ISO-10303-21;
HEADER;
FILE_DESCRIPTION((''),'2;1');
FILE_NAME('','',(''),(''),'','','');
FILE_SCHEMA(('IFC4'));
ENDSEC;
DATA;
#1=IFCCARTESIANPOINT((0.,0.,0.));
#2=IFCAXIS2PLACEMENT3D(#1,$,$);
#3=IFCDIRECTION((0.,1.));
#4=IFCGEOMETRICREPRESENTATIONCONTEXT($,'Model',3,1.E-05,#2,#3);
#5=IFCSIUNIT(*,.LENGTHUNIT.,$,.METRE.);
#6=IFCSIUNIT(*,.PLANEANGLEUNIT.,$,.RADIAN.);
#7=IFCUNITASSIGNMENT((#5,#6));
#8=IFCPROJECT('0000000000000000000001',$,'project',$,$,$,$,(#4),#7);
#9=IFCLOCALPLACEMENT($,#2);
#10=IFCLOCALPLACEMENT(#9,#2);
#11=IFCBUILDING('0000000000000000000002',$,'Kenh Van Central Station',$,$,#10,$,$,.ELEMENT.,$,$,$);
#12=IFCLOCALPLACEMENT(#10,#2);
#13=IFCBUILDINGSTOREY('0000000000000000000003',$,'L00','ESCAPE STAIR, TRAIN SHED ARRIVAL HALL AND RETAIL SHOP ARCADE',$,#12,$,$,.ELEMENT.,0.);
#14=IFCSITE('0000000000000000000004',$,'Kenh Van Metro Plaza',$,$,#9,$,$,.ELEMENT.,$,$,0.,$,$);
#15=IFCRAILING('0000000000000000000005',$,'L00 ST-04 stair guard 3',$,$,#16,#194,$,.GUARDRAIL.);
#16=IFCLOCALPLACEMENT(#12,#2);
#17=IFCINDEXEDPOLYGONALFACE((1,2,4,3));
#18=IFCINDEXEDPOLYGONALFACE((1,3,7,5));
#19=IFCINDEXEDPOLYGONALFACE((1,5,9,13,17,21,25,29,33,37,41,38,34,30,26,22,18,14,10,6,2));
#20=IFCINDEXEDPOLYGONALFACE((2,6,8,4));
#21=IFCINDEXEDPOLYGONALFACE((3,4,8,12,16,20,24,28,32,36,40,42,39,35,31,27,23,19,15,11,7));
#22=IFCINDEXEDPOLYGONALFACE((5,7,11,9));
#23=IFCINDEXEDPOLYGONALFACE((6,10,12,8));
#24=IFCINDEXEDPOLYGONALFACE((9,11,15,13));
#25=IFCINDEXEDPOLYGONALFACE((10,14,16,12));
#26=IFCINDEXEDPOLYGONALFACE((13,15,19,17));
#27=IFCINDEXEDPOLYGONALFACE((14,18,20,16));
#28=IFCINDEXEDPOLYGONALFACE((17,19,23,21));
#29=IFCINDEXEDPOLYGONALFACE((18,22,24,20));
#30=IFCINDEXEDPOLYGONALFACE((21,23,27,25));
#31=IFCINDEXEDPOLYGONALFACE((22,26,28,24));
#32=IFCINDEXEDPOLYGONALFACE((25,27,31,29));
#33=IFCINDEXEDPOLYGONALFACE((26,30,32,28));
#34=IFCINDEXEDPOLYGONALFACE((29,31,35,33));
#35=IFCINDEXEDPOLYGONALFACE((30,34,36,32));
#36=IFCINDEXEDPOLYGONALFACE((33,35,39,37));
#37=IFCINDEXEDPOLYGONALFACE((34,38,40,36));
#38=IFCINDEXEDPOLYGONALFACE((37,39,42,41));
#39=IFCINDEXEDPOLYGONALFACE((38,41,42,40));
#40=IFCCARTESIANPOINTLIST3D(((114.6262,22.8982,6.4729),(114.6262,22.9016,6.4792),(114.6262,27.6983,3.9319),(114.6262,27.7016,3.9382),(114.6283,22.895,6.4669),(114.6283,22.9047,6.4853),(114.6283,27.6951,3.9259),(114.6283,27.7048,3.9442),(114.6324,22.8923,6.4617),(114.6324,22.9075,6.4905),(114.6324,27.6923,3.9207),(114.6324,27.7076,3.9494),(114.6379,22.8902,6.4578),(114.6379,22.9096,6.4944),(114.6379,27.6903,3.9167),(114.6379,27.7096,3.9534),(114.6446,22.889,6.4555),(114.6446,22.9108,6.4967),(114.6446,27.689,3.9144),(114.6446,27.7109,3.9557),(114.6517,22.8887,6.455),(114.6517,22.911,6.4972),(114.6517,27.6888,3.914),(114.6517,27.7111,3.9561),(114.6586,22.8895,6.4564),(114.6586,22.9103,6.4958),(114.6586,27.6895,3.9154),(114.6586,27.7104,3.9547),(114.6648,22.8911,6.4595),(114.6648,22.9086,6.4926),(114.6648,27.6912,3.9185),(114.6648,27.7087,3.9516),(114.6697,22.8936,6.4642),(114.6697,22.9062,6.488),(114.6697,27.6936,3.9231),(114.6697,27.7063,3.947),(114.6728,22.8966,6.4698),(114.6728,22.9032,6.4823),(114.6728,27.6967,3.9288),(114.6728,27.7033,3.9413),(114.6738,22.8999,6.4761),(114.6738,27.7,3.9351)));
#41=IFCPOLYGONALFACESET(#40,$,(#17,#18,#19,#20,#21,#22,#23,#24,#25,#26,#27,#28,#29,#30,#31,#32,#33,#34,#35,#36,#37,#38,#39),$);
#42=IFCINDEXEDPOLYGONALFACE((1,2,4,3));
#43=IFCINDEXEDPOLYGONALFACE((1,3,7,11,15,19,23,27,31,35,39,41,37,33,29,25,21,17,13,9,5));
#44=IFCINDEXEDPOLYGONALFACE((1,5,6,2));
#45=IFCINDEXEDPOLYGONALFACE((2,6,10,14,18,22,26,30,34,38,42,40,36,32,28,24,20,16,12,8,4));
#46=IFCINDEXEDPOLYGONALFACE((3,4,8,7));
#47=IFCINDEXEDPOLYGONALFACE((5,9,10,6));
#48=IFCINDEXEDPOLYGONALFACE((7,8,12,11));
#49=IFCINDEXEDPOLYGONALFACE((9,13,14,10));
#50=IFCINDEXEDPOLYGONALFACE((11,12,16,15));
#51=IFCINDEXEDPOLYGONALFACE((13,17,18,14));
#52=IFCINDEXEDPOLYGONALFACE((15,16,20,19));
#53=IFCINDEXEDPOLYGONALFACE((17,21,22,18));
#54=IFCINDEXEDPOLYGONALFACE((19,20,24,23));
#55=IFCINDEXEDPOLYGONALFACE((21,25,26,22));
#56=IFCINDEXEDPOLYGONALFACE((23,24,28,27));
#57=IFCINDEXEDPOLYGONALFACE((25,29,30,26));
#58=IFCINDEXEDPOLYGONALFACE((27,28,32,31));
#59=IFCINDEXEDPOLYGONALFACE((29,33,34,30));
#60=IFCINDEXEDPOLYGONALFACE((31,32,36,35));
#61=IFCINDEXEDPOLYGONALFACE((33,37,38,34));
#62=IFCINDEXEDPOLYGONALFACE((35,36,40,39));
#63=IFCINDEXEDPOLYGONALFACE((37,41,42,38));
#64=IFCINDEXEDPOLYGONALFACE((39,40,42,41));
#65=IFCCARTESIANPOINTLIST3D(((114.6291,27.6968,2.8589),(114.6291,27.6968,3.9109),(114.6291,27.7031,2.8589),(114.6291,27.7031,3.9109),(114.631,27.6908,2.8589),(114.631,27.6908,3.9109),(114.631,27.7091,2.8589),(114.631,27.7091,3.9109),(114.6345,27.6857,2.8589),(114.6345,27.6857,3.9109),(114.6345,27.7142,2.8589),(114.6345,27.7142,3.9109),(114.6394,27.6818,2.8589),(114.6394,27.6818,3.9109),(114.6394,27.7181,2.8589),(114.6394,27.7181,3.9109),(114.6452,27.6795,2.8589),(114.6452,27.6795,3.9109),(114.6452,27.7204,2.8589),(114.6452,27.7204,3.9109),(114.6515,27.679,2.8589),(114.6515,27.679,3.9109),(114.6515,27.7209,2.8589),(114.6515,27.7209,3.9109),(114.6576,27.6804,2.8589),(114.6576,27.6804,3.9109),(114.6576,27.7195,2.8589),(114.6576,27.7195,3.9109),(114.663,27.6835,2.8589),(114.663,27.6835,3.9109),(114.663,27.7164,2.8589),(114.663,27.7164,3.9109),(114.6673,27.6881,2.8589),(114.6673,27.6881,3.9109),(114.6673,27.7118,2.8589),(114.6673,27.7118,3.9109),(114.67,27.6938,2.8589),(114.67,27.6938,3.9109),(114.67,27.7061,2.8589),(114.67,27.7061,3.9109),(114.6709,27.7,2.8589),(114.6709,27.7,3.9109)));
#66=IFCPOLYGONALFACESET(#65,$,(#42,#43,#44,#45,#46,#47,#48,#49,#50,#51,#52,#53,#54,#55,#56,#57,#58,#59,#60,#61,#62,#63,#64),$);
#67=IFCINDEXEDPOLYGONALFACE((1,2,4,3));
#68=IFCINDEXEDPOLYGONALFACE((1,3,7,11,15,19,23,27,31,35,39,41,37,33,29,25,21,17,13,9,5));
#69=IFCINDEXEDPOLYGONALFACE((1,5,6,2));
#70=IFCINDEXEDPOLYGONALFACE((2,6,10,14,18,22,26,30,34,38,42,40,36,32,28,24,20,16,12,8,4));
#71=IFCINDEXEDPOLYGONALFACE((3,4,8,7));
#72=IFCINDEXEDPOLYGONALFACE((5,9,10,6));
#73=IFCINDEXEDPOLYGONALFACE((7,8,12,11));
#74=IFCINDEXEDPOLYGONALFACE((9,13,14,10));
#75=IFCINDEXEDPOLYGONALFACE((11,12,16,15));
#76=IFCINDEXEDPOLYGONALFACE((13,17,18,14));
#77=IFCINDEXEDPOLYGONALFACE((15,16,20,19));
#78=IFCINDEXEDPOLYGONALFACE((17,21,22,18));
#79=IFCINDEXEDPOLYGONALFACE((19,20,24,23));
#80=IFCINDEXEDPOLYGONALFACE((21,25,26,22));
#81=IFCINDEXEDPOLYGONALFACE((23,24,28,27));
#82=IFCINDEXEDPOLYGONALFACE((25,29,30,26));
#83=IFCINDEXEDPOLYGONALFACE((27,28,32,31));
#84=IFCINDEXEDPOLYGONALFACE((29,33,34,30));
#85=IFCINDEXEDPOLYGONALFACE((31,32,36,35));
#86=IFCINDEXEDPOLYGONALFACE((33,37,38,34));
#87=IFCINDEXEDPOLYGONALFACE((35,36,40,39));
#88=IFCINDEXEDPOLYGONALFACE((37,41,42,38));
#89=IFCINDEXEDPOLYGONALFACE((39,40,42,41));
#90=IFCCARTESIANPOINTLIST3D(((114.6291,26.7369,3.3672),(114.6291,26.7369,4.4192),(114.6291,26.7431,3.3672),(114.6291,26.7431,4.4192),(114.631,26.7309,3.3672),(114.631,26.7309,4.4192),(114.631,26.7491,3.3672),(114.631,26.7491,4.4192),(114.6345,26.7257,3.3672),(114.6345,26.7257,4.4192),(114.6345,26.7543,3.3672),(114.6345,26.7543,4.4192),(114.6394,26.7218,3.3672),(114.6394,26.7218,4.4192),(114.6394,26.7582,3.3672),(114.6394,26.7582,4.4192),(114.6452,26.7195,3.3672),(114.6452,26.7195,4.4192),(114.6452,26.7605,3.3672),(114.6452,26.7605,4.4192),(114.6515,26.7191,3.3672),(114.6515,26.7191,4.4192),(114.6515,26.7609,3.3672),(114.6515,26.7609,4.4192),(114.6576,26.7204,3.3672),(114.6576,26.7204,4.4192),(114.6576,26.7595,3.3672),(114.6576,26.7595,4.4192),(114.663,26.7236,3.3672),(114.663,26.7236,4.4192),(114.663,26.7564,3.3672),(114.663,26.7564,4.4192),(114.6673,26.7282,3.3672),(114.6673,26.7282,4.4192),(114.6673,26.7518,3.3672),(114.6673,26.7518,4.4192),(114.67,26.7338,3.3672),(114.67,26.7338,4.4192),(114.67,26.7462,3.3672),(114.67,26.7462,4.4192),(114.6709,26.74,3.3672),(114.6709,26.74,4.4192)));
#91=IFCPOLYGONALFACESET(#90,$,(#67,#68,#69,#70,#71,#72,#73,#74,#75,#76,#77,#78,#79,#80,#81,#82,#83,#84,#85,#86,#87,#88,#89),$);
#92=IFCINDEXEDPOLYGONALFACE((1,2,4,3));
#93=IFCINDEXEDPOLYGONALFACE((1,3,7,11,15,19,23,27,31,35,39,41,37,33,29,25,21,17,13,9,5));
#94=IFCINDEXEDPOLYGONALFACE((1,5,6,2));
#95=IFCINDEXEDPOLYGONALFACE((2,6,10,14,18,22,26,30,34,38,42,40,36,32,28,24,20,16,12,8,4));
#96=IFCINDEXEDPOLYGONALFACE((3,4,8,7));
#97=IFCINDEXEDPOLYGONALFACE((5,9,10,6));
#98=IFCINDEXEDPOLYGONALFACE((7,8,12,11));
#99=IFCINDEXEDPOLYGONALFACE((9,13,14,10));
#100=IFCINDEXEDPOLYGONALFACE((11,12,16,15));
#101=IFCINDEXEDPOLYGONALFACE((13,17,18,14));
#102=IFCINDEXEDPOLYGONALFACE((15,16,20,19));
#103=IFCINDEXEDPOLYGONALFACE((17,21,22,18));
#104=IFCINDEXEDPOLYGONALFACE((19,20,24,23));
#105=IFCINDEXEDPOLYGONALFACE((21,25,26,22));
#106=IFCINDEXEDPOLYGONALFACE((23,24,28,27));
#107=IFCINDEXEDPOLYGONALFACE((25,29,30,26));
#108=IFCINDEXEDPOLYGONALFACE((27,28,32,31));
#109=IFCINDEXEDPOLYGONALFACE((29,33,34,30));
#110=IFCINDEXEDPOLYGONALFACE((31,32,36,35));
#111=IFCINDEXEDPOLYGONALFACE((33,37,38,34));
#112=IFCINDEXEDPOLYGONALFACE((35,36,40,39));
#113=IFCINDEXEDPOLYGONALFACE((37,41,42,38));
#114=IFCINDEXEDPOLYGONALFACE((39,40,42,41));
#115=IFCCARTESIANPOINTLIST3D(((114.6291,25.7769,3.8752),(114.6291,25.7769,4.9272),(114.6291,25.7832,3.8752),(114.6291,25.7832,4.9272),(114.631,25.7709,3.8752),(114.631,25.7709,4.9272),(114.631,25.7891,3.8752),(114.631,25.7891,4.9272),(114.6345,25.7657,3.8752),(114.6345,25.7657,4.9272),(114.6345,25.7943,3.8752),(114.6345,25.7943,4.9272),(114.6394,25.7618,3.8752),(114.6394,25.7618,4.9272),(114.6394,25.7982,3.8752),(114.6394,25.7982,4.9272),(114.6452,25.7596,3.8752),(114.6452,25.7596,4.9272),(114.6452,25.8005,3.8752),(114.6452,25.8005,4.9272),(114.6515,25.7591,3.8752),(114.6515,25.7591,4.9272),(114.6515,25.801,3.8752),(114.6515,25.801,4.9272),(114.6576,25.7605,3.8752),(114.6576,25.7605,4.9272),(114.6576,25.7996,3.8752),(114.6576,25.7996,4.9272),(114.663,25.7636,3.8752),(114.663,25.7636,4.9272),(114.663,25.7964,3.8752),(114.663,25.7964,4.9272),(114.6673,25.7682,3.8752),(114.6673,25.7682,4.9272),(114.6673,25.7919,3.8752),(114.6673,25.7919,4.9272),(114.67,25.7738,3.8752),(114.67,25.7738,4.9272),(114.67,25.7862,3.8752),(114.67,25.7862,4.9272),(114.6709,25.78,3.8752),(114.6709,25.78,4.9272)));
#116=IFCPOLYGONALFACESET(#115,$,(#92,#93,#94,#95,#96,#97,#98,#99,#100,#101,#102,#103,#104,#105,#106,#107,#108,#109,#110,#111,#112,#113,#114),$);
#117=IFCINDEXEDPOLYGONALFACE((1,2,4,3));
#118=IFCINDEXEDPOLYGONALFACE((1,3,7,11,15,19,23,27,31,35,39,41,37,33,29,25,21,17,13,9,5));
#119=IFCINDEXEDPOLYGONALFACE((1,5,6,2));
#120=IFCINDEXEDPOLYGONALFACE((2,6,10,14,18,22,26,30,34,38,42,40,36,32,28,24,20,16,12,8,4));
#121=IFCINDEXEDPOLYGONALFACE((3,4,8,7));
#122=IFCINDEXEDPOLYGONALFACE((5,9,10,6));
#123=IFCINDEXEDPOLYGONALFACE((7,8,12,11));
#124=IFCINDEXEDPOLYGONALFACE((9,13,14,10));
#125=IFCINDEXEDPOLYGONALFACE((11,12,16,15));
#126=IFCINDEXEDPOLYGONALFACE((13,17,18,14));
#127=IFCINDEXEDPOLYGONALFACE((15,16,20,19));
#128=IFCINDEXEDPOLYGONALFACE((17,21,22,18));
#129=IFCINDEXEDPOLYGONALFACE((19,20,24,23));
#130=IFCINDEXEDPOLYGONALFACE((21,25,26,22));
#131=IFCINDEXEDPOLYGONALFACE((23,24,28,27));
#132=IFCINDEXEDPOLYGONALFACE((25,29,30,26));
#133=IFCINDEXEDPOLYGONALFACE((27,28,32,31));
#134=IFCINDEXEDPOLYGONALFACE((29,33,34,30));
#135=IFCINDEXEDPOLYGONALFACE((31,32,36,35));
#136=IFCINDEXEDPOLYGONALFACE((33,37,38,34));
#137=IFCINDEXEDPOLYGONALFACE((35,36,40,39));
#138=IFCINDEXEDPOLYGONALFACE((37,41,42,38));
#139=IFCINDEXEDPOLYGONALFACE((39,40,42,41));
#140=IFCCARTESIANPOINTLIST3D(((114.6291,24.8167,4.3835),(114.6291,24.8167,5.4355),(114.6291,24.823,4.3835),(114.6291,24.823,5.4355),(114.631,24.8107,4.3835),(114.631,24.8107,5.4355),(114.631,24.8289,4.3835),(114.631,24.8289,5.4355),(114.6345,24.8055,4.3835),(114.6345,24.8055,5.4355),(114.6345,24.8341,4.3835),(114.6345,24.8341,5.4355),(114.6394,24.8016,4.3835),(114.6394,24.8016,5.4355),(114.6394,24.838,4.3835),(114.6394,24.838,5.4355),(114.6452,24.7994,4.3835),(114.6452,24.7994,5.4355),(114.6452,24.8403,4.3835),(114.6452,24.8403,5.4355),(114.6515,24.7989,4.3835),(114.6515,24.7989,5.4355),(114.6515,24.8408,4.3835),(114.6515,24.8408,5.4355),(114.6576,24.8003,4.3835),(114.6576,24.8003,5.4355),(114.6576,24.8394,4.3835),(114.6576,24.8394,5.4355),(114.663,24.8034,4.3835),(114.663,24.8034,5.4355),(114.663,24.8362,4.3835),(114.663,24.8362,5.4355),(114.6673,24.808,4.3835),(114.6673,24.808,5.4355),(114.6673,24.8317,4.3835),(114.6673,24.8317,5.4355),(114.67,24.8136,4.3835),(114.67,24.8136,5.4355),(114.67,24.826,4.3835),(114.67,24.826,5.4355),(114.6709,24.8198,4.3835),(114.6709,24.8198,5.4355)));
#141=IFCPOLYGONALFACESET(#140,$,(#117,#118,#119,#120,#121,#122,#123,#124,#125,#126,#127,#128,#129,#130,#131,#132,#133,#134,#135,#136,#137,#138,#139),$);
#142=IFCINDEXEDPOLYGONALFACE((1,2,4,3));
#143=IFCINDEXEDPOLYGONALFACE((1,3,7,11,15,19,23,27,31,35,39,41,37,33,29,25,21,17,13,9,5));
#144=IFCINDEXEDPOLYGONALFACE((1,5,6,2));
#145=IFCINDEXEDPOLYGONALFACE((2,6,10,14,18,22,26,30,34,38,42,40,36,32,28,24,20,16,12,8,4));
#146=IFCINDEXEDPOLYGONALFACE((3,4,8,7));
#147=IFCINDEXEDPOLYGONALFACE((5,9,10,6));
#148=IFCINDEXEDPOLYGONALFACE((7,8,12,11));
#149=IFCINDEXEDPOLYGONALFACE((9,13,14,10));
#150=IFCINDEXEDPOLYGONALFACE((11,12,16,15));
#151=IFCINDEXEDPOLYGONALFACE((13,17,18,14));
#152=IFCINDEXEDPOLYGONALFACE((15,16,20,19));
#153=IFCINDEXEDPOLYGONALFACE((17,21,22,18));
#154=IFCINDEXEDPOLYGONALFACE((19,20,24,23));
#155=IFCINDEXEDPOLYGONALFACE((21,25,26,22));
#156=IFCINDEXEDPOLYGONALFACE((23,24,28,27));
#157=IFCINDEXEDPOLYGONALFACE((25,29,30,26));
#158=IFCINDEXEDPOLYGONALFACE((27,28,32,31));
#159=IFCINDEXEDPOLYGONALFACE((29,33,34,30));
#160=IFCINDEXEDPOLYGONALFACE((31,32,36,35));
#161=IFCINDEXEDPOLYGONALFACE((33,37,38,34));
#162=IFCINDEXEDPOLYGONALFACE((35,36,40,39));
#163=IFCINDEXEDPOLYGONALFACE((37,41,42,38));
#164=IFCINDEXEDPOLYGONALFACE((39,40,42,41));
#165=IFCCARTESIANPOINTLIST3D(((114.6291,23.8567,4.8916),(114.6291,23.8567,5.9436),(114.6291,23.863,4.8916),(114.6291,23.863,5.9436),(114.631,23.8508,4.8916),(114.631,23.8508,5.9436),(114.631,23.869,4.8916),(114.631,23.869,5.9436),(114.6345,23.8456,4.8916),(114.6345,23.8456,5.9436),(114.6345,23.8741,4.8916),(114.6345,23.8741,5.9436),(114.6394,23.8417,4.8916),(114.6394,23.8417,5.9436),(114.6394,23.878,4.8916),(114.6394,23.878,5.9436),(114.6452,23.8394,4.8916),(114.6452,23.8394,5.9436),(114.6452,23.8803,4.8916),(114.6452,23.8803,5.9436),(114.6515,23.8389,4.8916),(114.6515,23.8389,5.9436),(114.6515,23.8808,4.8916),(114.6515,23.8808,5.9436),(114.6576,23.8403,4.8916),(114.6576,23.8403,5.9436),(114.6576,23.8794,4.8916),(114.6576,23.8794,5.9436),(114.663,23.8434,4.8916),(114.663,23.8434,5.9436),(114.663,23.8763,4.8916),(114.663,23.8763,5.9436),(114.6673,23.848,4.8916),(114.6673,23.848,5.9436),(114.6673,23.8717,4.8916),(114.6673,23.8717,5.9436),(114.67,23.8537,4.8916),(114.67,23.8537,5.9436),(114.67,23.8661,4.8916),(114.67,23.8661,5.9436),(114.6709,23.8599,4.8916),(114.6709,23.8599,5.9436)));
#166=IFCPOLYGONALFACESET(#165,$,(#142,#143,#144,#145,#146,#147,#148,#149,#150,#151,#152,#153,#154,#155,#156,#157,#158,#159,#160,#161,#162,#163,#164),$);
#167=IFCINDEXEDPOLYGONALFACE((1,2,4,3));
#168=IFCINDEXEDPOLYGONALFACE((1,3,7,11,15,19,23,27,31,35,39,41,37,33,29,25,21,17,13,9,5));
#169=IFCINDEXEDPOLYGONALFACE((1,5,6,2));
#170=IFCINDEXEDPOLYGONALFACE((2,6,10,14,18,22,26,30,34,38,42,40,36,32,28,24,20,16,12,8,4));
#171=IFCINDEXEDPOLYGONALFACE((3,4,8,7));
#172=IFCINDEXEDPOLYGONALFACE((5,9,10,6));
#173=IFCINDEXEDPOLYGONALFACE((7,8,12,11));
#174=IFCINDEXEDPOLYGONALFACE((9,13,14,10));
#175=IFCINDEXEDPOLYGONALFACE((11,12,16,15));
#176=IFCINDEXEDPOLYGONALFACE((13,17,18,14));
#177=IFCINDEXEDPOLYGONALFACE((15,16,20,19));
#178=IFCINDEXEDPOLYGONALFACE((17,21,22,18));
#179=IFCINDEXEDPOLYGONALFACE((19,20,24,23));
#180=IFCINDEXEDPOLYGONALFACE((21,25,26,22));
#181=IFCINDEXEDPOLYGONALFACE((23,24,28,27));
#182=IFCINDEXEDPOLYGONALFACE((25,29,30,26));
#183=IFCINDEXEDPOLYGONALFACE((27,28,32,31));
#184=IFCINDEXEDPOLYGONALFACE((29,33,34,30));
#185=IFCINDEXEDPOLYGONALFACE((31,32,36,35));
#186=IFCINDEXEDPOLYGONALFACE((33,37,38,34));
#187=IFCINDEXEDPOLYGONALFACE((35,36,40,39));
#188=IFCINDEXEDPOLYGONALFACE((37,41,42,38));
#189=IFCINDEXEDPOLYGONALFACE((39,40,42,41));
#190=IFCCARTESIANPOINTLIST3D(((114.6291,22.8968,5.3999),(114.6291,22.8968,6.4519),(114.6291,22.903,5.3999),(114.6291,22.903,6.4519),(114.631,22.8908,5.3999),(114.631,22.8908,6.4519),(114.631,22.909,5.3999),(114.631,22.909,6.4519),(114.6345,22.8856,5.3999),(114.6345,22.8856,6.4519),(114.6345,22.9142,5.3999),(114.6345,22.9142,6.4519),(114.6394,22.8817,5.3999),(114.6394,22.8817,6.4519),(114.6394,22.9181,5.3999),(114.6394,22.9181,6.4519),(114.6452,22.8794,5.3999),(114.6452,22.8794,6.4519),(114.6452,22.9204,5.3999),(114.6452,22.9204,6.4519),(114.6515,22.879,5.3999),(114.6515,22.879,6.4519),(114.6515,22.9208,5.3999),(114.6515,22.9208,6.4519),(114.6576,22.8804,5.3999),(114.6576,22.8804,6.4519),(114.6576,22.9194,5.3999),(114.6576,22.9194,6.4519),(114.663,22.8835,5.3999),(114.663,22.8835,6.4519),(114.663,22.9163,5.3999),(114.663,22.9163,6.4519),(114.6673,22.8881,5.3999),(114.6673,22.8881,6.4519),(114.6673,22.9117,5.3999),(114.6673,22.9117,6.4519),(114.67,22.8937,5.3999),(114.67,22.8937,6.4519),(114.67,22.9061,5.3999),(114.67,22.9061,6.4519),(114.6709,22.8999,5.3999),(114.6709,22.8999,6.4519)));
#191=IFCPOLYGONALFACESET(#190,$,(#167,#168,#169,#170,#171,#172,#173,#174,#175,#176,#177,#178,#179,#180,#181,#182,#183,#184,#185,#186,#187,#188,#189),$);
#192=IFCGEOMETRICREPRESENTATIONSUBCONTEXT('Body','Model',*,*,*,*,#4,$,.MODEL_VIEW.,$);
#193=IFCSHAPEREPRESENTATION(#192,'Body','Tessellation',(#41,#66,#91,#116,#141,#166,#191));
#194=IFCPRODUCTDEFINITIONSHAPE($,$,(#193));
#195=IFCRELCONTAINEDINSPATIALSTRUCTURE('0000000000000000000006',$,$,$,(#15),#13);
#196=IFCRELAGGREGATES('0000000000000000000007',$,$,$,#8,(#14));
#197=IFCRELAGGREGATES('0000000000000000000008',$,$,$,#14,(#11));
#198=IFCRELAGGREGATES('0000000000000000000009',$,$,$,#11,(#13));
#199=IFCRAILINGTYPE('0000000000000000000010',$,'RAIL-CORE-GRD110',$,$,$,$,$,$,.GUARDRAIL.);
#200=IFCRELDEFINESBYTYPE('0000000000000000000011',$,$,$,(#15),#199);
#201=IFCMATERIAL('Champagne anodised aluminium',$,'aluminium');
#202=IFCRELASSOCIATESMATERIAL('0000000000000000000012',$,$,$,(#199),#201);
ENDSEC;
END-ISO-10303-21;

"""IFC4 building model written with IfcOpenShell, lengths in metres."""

from ifc_helpers import new_model, si_unit, direction, frame, origin, origin_2d, place, context, subcontext, project, spatial, circle, extrude, material, type_object, element, save


model = new_model("IFC4")

# Units and contexts
model_context = context("Model", 3, precision=1e-05, world=origin(), true_north=direction((0.0, 1.0)))
body_context = subcontext(model_context, "Body", "Model", "MODEL_VIEW")
ifc_project = project(units=[si_unit("LENGTHUNIT", "METRE"), si_unit("PLANEANGLEUNIT", "RADIAN")], contexts=[model_context])

# Site, building, storey
site_placement = place(None, origin())
site = spatial("IfcSite", under=ifc_project, at=site_placement, Name="Kenh Van Metro Plaza", CompositionType="ELEMENT", RefElevation=0.0)
building_placement = place(site_placement, origin())
building = spatial("IfcBuilding", under=site, at=building_placement, Name="Kenh Van Central Station", CompositionType="ELEMENT")
storey_placement = place(building_placement, origin())
storey = spatial("IfcBuildingStorey", under=building, at=storey_placement, Name="L00", Description="ESCAPE STAIR, TRAIN SHED ARRIVAL HALL AND RETAIL SHOP ARCADE", CompositionType="ELEMENT", Elevation=0.0)

# Shared definitions
ifc_material_1 = material(Name="Champagne anodised aluminium", Category="aluminium")

# Railing
railing_type_1 = type_object("IfcRailingType", Name="RAIL-CORE-GRD110", PredefinedType="GUARDRAIL", material=ifc_material_1)
railing_1_placement = place(storey_placement, frame((114.6499, 27.7, 2.8589)))
element("IfcRailing", 1, at=railing_1_placement, inside=storey, type_object=railing_type_1, Name="L00 ST-04 stair guard 3", PredefinedType="GUARDRAIL", context=body_context, shape_type="SweptSolid", body=[
    extrude(circle(Radius=0.0239, at=origin_2d()), frame((0.0, 0.0, 1.0762), z_axis=(0.0, -0.883802, 0.467861), x_axis=(1.0, 0.0, 0.0)), (0.0, 0.0, 1.0), 5.4312),
    extrude(circle(Radius=0.021, at=origin_2d()), origin(), (0.0, 0.0, 1.0), 1.052),
    extrude(circle(Radius=0.021, at=origin_2d()), frame((0.0, -0.96, 0.5083)), (0.0, 0.0, 1.0), 1.052),
    extrude(circle(Radius=0.021, at=origin_2d()), frame((0.0, -1.9199, 1.0164)), (0.0, 0.0, 1.0), 1.052),
    extrude(circle(Radius=0.021, at=origin_2d()), frame((0.0, -2.8801, 1.5247)), (0.0, 0.0, 1.0), 1.052),
    extrude(circle(Radius=0.021, at=origin_2d()), frame((0.0, -3.8401, 2.0327)), (0.0, 0.0, 1.0), 1.052),
    extrude(circle(Radius=0.021, at=origin_2d()), frame((0.0, -4.8, 2.541)), (0.0, 0.0, 1.0), 1.052),
])

save(model, "model.ifc")
